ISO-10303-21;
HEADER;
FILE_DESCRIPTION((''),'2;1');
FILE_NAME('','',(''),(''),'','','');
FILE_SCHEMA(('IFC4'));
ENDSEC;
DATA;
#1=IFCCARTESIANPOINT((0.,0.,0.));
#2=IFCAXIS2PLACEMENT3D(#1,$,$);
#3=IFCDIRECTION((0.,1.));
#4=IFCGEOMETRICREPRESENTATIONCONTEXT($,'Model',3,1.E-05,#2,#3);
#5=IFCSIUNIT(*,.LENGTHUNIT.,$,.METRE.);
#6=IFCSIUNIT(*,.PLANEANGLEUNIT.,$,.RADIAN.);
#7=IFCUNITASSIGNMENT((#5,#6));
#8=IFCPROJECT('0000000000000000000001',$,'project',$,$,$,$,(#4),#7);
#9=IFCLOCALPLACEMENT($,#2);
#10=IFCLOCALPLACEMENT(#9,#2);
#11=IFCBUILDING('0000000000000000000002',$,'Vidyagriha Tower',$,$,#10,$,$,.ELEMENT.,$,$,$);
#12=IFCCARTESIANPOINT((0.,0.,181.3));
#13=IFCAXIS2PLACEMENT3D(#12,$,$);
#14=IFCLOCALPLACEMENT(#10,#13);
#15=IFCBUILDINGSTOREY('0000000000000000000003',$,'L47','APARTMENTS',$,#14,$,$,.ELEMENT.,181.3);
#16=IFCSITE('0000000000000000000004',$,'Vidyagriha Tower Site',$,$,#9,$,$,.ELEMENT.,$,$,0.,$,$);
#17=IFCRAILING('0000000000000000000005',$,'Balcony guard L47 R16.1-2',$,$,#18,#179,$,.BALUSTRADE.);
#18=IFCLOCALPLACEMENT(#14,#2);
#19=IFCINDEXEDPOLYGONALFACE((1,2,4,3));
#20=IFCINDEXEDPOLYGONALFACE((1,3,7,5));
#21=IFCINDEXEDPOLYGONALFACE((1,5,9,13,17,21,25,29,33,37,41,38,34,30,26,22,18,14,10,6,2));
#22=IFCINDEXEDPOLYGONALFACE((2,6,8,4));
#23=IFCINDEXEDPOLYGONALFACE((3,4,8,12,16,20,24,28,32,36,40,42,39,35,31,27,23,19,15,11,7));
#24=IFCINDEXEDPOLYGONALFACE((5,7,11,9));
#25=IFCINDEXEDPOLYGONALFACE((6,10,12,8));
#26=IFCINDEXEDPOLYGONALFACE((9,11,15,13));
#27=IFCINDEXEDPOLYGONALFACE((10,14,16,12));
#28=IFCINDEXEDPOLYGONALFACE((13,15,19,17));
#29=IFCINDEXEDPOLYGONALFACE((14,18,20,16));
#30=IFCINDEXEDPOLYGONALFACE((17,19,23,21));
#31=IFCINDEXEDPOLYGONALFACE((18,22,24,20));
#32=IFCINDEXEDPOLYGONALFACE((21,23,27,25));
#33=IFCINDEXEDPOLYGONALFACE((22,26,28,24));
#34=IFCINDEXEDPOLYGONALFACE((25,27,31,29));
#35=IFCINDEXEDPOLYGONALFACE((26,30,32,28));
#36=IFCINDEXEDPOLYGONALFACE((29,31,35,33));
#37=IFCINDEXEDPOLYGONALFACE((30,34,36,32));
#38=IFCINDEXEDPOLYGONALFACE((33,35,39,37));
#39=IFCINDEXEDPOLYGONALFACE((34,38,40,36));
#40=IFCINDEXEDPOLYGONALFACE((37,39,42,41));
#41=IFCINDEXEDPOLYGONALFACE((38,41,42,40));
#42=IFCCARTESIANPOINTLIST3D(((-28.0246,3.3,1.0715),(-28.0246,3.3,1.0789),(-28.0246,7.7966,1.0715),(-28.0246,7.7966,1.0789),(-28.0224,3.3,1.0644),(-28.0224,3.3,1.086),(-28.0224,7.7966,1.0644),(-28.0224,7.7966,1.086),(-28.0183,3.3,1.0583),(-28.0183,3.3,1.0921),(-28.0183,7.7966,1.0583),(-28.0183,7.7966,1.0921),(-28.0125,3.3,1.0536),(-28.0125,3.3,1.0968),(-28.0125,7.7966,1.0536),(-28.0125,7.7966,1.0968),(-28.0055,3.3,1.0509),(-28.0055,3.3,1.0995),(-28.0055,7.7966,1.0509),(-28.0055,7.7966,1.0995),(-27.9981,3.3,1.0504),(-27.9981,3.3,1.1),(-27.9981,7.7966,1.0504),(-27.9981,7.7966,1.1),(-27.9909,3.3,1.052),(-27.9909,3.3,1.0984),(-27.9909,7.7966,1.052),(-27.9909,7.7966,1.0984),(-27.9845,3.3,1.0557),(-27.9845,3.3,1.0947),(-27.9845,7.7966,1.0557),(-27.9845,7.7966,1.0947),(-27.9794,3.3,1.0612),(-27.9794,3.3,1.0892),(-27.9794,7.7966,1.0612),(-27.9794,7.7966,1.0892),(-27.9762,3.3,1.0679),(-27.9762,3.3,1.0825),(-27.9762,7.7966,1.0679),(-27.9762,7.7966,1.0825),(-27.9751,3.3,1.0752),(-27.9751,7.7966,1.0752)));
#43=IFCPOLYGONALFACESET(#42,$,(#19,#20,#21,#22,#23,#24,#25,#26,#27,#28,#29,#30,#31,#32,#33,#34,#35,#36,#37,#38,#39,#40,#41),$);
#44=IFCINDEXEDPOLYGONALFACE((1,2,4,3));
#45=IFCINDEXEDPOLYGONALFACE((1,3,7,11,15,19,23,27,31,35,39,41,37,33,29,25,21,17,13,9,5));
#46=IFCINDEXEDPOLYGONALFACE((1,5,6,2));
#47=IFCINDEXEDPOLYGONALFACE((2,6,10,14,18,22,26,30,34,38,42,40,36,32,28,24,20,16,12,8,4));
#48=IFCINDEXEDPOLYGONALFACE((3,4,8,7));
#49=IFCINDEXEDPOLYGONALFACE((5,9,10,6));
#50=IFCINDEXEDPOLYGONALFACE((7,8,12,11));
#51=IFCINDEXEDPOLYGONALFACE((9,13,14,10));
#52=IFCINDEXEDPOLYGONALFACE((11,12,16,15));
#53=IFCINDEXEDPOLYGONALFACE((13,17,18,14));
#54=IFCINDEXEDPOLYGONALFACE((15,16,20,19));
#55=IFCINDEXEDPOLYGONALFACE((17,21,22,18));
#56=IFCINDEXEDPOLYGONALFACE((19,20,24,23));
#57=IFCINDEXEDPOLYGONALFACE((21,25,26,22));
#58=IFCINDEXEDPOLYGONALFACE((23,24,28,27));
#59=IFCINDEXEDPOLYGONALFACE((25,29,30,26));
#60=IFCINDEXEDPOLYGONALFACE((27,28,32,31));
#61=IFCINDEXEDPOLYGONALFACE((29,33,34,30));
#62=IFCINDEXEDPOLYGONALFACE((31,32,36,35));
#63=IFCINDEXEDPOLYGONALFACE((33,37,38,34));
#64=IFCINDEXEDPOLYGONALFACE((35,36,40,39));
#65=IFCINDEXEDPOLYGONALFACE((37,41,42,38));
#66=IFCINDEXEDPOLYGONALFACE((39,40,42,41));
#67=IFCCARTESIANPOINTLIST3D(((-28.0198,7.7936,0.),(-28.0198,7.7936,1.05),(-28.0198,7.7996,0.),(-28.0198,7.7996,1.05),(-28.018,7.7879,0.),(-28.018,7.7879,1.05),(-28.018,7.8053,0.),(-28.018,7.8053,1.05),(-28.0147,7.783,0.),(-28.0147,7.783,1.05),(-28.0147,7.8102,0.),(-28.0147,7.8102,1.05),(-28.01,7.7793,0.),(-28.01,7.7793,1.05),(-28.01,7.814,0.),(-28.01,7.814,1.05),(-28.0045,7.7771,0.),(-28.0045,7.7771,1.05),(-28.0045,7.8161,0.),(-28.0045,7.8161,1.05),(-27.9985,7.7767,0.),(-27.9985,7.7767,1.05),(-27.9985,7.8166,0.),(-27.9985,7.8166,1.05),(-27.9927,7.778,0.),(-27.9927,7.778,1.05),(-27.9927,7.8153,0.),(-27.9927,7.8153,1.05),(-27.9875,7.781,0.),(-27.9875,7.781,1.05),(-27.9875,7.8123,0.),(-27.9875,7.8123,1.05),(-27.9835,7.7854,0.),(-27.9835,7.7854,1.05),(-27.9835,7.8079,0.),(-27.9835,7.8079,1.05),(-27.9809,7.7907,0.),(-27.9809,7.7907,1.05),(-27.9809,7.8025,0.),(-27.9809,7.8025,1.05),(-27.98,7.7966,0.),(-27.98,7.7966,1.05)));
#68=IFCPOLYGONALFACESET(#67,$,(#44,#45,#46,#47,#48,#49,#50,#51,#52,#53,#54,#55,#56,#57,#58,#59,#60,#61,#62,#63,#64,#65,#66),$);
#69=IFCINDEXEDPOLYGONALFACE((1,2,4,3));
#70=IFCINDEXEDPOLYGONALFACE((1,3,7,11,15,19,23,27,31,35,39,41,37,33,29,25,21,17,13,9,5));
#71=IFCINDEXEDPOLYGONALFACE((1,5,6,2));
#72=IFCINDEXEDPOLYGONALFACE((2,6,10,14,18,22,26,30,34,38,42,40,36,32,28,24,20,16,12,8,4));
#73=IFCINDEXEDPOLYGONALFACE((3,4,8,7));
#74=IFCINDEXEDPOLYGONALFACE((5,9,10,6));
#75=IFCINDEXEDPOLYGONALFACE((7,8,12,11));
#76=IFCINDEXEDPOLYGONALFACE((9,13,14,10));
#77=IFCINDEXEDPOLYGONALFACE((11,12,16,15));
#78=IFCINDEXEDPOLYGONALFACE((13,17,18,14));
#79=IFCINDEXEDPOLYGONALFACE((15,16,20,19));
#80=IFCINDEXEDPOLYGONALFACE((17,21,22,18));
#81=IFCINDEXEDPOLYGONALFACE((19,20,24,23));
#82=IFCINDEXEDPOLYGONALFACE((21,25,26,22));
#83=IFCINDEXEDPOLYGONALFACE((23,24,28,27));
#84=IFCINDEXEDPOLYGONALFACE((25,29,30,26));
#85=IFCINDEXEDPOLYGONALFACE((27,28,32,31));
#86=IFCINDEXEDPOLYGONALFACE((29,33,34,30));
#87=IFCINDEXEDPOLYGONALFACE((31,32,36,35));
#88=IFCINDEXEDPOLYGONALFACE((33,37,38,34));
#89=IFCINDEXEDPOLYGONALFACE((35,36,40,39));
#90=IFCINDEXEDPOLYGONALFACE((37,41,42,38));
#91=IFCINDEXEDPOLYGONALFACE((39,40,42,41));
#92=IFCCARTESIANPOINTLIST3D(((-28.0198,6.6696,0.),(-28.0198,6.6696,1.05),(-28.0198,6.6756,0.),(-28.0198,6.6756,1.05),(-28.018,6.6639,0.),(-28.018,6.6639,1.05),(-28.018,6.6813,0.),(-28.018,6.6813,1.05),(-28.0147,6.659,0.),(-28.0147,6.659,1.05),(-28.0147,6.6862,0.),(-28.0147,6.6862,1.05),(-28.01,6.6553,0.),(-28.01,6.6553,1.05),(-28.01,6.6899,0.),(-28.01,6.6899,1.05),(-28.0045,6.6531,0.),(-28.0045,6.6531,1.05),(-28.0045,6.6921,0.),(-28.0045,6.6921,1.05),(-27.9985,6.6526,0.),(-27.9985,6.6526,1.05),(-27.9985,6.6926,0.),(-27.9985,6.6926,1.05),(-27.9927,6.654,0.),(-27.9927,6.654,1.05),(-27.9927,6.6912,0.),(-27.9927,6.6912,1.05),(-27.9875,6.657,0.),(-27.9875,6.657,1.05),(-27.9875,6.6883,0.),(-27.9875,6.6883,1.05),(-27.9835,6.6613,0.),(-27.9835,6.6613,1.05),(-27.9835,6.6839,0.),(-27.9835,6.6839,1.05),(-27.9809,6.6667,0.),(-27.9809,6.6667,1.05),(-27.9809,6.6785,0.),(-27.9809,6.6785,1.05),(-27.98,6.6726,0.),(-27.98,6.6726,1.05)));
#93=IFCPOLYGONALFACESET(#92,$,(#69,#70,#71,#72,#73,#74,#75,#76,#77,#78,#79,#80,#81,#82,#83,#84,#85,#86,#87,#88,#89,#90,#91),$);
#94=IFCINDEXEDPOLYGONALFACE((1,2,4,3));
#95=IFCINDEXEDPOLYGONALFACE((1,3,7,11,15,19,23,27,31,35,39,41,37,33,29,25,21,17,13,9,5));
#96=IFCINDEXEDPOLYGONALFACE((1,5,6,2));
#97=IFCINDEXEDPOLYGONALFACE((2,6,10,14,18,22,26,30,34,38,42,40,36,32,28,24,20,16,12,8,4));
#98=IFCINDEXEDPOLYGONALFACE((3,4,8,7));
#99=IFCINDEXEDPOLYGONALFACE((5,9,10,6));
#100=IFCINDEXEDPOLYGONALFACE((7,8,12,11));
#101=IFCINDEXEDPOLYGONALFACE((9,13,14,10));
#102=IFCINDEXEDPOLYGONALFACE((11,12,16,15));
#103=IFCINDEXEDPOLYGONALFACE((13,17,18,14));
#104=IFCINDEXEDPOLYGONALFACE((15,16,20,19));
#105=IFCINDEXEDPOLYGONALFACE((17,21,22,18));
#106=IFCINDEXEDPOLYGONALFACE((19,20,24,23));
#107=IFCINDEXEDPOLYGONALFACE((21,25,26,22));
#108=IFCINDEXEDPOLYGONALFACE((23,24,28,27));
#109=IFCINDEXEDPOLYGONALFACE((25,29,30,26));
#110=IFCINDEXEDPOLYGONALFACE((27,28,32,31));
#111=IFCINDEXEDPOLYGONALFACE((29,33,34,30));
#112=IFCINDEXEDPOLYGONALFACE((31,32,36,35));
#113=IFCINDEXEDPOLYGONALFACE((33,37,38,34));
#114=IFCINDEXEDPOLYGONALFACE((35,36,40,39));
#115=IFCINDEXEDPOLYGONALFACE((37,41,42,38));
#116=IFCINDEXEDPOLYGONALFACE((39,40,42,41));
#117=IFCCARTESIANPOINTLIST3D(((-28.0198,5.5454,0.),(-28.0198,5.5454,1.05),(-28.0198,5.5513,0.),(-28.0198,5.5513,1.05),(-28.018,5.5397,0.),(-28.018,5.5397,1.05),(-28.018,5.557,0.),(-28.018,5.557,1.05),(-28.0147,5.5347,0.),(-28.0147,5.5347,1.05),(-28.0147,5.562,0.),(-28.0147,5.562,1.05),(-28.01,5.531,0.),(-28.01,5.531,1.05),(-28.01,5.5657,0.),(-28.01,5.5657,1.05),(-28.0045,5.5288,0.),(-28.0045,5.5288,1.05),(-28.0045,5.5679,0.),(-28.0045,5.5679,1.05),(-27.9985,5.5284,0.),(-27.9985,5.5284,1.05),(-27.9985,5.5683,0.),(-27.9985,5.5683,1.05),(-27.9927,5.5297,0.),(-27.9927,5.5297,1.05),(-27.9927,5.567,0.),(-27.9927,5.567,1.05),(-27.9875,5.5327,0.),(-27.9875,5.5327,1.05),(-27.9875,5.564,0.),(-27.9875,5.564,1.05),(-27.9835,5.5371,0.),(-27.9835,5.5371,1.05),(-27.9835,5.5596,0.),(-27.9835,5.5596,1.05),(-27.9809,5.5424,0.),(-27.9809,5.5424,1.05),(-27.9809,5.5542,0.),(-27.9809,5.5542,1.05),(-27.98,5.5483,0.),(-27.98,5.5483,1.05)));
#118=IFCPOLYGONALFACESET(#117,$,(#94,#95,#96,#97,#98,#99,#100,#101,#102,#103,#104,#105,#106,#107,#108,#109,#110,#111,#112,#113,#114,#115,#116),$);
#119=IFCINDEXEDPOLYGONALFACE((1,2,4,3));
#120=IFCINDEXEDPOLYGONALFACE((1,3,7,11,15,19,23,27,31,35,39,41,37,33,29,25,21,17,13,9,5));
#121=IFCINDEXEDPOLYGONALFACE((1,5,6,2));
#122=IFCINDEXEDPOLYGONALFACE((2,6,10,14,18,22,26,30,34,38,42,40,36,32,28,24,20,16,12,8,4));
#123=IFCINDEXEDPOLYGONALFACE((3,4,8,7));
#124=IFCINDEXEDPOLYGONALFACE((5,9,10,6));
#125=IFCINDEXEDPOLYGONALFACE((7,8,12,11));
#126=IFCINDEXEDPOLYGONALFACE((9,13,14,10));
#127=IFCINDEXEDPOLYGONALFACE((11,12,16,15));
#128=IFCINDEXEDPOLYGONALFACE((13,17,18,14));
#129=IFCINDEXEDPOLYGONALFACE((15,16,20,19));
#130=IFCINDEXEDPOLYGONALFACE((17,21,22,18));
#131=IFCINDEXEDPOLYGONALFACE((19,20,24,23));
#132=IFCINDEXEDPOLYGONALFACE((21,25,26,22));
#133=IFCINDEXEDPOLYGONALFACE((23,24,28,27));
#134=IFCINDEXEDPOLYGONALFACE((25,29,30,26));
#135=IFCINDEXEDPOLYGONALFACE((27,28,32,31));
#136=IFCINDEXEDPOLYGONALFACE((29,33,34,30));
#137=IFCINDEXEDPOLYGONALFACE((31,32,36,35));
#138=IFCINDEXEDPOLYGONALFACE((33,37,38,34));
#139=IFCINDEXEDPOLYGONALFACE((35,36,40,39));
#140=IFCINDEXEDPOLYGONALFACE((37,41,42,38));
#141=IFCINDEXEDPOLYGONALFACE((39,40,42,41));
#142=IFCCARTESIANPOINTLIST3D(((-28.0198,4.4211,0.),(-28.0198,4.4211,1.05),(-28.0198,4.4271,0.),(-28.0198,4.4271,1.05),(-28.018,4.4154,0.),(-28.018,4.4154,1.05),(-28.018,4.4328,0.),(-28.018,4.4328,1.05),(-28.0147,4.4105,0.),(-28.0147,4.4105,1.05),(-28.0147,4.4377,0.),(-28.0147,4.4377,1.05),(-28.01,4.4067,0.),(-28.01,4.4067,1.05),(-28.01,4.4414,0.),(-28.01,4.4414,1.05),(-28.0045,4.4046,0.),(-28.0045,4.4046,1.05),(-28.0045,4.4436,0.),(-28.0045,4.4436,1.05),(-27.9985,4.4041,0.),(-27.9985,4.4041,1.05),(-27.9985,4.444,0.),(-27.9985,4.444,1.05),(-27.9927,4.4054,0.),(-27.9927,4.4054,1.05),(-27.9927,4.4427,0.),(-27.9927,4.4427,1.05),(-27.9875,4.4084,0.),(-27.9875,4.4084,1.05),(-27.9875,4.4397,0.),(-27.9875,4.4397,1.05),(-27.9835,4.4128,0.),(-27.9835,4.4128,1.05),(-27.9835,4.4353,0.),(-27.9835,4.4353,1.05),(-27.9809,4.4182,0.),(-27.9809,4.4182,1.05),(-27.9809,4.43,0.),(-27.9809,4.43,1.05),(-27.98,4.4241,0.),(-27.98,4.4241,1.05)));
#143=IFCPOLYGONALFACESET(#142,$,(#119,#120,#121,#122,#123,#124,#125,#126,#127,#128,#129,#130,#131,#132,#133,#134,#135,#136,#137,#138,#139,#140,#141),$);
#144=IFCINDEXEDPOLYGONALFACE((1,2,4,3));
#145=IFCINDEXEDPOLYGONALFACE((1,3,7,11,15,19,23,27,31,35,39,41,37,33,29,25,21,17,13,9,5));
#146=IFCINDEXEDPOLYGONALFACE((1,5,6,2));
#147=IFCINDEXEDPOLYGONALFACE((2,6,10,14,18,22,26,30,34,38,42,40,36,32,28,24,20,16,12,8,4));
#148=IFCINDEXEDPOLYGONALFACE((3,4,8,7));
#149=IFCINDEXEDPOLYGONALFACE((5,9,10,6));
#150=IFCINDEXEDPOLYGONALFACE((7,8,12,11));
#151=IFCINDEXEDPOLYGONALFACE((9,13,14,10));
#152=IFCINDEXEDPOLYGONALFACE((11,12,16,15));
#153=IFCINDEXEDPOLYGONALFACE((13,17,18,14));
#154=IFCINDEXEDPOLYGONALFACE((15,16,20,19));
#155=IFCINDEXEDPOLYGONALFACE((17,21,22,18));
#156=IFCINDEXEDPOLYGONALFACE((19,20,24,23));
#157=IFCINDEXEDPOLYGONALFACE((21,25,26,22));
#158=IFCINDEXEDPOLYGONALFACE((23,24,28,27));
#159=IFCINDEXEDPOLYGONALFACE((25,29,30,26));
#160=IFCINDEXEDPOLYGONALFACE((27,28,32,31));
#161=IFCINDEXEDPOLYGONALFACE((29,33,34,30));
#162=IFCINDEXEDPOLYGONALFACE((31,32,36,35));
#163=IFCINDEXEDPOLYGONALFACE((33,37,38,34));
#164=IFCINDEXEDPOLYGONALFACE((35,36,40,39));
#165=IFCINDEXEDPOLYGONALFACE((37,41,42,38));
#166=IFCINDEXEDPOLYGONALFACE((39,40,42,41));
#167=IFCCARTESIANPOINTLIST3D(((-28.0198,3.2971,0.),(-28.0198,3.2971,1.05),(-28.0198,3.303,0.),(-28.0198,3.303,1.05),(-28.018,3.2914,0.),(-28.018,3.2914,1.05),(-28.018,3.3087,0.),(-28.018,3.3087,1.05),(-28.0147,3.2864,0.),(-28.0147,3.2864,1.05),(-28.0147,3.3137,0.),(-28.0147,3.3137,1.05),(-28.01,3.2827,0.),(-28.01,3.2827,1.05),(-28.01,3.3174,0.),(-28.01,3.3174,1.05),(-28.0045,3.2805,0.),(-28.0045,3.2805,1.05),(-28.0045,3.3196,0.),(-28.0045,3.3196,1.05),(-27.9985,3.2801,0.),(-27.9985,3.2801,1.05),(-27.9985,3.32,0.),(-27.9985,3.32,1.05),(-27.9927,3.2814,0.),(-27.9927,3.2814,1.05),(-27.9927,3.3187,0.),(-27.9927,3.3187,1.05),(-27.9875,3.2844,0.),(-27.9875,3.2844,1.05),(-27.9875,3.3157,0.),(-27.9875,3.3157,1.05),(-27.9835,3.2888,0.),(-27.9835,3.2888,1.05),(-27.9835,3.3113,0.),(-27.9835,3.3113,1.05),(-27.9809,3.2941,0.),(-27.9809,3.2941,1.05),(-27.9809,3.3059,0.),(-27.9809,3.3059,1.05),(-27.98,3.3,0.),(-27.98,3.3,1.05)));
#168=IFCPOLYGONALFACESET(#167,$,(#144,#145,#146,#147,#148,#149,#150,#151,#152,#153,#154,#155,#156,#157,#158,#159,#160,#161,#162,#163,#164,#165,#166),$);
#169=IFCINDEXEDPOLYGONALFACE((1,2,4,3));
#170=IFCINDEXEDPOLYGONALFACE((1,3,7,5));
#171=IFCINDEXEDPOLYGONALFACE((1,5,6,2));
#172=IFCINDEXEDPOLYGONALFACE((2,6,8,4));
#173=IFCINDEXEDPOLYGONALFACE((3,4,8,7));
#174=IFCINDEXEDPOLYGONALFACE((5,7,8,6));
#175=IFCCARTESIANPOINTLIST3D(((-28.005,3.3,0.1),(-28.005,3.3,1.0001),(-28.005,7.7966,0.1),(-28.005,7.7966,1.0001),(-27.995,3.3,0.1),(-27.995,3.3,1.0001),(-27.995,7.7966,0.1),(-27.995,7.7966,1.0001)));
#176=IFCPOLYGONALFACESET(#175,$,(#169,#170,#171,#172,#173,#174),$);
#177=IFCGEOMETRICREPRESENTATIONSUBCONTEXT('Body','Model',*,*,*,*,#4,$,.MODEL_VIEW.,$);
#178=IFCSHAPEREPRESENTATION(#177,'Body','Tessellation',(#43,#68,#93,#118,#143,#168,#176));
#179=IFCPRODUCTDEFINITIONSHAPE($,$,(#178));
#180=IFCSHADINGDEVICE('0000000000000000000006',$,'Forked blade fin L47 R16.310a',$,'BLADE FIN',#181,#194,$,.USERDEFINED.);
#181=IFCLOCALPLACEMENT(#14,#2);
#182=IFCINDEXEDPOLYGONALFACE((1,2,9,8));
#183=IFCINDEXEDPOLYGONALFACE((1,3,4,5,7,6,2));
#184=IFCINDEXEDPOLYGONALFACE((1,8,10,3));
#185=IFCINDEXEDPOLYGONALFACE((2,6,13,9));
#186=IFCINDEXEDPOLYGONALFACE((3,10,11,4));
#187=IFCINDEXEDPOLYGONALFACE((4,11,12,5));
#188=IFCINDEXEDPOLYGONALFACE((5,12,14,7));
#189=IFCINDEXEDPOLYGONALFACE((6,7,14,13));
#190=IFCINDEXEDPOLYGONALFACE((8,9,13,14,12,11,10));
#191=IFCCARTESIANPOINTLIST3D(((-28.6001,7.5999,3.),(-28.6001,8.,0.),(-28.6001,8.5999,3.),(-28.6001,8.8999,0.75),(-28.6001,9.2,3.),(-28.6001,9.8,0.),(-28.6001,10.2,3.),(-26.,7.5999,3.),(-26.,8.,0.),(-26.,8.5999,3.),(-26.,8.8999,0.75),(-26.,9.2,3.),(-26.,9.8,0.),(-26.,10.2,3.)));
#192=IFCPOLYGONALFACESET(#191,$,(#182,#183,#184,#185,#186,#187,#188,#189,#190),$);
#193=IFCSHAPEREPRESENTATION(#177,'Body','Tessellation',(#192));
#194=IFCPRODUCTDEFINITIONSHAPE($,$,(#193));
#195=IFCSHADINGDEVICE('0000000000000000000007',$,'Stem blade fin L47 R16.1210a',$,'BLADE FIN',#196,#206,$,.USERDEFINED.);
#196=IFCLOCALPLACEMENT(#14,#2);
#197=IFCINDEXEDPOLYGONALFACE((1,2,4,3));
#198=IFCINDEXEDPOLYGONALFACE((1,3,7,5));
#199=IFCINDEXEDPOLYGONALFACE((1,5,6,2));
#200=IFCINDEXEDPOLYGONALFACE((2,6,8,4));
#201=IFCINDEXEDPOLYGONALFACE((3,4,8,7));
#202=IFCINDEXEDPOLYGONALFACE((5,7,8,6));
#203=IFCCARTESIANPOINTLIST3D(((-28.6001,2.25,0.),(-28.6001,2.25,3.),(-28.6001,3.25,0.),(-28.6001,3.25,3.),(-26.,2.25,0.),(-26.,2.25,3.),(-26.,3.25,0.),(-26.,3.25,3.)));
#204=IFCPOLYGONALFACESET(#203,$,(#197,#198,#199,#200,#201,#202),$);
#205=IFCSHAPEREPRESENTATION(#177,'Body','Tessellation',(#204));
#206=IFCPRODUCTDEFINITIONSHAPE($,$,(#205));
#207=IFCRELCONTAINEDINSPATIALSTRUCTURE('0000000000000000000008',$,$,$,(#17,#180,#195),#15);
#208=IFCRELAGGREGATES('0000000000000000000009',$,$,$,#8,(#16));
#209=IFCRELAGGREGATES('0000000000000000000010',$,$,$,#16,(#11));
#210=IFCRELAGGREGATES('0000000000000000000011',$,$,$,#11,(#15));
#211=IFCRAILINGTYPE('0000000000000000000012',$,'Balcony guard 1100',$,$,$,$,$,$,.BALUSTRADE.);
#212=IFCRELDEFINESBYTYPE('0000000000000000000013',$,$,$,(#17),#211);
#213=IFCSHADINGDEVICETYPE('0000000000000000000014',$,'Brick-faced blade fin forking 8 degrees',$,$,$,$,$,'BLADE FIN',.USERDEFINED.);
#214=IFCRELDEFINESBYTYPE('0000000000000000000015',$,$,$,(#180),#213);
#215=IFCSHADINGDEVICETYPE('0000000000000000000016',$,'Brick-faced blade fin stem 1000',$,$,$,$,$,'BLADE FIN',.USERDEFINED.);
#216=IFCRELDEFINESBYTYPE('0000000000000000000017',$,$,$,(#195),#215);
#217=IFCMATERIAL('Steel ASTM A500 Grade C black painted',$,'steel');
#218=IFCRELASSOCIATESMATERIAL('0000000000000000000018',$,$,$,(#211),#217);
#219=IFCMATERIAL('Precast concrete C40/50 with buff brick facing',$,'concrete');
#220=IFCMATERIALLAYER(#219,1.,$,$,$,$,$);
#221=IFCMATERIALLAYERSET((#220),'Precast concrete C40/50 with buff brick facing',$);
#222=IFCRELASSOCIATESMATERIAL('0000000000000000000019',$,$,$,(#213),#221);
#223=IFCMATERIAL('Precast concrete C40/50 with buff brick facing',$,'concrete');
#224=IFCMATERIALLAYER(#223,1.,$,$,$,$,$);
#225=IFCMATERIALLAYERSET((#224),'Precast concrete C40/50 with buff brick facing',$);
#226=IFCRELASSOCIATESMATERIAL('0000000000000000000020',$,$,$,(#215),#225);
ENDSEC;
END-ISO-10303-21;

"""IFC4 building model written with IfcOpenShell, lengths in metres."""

from ifc_helpers import new_model, si_unit, direction, frame, origin, origin_2d, place, context, subcontext, project, spatial, polyline, rectangle, circle, outline, extrude, material, layer, layer_set, type_object, element, save


model = new_model("IFC4")

# Units and contexts
model_context = context("Model", 3, precision=1e-05, world=origin(), true_north=direction((0.0, 1.0)))
body_context = subcontext(model_context, "Body", "Model", "MODEL_VIEW")
ifc_project = project(units=[si_unit("LENGTHUNIT", "METRE"), si_unit("PLANEANGLEUNIT", "RADIAN")], contexts=[model_context])

# Site, building, storey
site_placement = place(None, origin())
site = spatial("IfcSite", under=ifc_project, at=site_placement, Name="Vidyagriha Tower Site", CompositionType="ELEMENT", RefElevation=0.0)
building_placement = place(site_placement, origin())
building = spatial("IfcBuilding", under=site, at=building_placement, Name="Vidyagriha Tower", CompositionType="ELEMENT")
storey_placement = place(building_placement, frame((0.0, 0.0, 181.3)))
storey = spatial("IfcBuildingStorey", under=building, at=storey_placement, Name="L47", Description="APARTMENTS", CompositionType="ELEMENT", Elevation=181.3)

# Railing
ifc_material_1 = material(Name="Steel ASTM A500 Grade C black painted", Category="steel")
railing_type = type_object("IfcRailingType", Name="Balcony guard 1100", PredefinedType="BALUSTRADE", material=ifc_material_1)
railing_1_placement = place(storey_placement, frame((-28.0, 7.7966, 0.0)))
element("IfcRailing", 1, at=railing_1_placement, inside=storey, type_object=railing_type, Name="Balcony guard L47 R16.1-2", PredefinedType="BALUSTRADE", context=body_context, shape_type="SweptSolid", body=[
    extrude(circle(Radius=0.0249, at=origin_2d()), frame((0.0, 0.0, 1.0752), z_axis=(0.0, -1.0, 0.0), x_axis=(1.0, 0.0, 0.0)), (0.0, 0.0, 1.0), 4.4966),
    extrude(circle(Radius=0.02, at=origin_2d()), origin(), (0.0, 0.0, 1.0), 1.05),
    extrude(circle(Radius=0.02, at=origin_2d()), frame((0.0, -1.124, 0.0)), (0.0, 0.0, 1.0), 1.05),
    extrude(circle(Radius=0.02, at=origin_2d()), frame((0.0, -2.2483, 0.0)), (0.0, 0.0, 1.0), 1.05),
    extrude(circle(Radius=0.02, at=origin_2d()), frame((0.0, -3.3726, 0.0)), (0.0, 0.0, 1.0), 1.05),
    extrude(circle(Radius=0.02, at=origin_2d()), frame((0.0, -4.4966, 0.0)), (0.0, 0.0, 1.0), 1.05),
    extrude(rectangle(XDim=0.01, YDim=0.9001, at=origin_2d()), frame((0.0, 0.0, 0.55), z_axis=(0.0, -1.0, 0.0), x_axis=(1.0, 0.0, 0.0)), (0.0, 0.0, 1.0), 4.4966),
])

# Shading devices
ifc_material_2 = material(Name="Precast concrete C40/50 with buff brick facing", Category="concrete")
ifc_layer_1 = layer(ifc_material_2, 1.0)
ifc_layer_set_1 = layer_set([ifc_layer_1], Name="Precast concrete C40/50 with buff brick facing")
shading_device_type_1 = type_object("IfcShadingDeviceType", Name="Brick-faced blade fin forking 8 degrees", ElementType="BLADE FIN", PredefinedType="USERDEFINED", material=ifc_layer_set_1)
shading_device_1_placement = place(storey_placement, frame((-27.3, 10.2, 0.0), z_axis=(0.0, 0.0, 1.0), x_axis=(0.0, -1.0, 0.0)))
element("IfcShadingDevice", 2, at=shading_device_1_placement, inside=storey, type_object=shading_device_type_1, Name="Forked blade fin L47 R16.310a", ObjectType="BLADE FIN", PredefinedType="USERDEFINED", context=body_context, shape_type="SweptSolid", body=[
    extrude(outline(polyline([(0.3999, 0.0), (2.2, 0.0), (2.6001, 3.0), (1.6001, 3.0), (1.3, 0.75), (1.0, 3.0), (0.0, 3.0), (0.3999, 0.0)])), frame((0.0, 1.3, 0.0), z_axis=(0.0, -1.0, 0.0), x_axis=(1.0, 0.0, 0.0)), (0.0, 0.0, 1.0), 2.6001),
])
ifc_material_3 = material(Name="Precast concrete C40/50 with buff brick facing", Category="concrete")
ifc_layer_2 = layer(ifc_material_3, 1.0)
ifc_layer_set_2 = layer_set([ifc_layer_2], Name="Precast concrete C40/50 with buff brick facing")
shading_device_type_2 = type_object("IfcShadingDeviceType", Name="Brick-faced blade fin stem 1000", ElementType="BLADE FIN", PredefinedType="USERDEFINED", material=ifc_layer_set_2)
shading_device_2_placement = place(storey_placement, frame((-27.3, 3.25, 0.0), z_axis=(0.0, 0.0, 1.0), x_axis=(0.0, -1.0, 0.0)))
element("IfcShadingDevice", 3, at=shading_device_2_placement, inside=storey, type_object=shading_device_type_2, Name="Stem blade fin L47 R16.1210a", ObjectType="BLADE FIN", PredefinedType="USERDEFINED", context=body_context, shape_type="SweptSolid", body=[
    extrude(outline(polyline([(0.0, 0.0), (1.0, 0.0), (1.0, 3.0), (0.0, 3.0), (0.0, 0.0)])), frame((0.0, 1.3, 0.0), z_axis=(0.0, -1.0, 0.0), x_axis=(1.0, 0.0, 0.0)), (0.0, 0.0, 1.0), 2.6001),
])

save(model, "model.ifc")
